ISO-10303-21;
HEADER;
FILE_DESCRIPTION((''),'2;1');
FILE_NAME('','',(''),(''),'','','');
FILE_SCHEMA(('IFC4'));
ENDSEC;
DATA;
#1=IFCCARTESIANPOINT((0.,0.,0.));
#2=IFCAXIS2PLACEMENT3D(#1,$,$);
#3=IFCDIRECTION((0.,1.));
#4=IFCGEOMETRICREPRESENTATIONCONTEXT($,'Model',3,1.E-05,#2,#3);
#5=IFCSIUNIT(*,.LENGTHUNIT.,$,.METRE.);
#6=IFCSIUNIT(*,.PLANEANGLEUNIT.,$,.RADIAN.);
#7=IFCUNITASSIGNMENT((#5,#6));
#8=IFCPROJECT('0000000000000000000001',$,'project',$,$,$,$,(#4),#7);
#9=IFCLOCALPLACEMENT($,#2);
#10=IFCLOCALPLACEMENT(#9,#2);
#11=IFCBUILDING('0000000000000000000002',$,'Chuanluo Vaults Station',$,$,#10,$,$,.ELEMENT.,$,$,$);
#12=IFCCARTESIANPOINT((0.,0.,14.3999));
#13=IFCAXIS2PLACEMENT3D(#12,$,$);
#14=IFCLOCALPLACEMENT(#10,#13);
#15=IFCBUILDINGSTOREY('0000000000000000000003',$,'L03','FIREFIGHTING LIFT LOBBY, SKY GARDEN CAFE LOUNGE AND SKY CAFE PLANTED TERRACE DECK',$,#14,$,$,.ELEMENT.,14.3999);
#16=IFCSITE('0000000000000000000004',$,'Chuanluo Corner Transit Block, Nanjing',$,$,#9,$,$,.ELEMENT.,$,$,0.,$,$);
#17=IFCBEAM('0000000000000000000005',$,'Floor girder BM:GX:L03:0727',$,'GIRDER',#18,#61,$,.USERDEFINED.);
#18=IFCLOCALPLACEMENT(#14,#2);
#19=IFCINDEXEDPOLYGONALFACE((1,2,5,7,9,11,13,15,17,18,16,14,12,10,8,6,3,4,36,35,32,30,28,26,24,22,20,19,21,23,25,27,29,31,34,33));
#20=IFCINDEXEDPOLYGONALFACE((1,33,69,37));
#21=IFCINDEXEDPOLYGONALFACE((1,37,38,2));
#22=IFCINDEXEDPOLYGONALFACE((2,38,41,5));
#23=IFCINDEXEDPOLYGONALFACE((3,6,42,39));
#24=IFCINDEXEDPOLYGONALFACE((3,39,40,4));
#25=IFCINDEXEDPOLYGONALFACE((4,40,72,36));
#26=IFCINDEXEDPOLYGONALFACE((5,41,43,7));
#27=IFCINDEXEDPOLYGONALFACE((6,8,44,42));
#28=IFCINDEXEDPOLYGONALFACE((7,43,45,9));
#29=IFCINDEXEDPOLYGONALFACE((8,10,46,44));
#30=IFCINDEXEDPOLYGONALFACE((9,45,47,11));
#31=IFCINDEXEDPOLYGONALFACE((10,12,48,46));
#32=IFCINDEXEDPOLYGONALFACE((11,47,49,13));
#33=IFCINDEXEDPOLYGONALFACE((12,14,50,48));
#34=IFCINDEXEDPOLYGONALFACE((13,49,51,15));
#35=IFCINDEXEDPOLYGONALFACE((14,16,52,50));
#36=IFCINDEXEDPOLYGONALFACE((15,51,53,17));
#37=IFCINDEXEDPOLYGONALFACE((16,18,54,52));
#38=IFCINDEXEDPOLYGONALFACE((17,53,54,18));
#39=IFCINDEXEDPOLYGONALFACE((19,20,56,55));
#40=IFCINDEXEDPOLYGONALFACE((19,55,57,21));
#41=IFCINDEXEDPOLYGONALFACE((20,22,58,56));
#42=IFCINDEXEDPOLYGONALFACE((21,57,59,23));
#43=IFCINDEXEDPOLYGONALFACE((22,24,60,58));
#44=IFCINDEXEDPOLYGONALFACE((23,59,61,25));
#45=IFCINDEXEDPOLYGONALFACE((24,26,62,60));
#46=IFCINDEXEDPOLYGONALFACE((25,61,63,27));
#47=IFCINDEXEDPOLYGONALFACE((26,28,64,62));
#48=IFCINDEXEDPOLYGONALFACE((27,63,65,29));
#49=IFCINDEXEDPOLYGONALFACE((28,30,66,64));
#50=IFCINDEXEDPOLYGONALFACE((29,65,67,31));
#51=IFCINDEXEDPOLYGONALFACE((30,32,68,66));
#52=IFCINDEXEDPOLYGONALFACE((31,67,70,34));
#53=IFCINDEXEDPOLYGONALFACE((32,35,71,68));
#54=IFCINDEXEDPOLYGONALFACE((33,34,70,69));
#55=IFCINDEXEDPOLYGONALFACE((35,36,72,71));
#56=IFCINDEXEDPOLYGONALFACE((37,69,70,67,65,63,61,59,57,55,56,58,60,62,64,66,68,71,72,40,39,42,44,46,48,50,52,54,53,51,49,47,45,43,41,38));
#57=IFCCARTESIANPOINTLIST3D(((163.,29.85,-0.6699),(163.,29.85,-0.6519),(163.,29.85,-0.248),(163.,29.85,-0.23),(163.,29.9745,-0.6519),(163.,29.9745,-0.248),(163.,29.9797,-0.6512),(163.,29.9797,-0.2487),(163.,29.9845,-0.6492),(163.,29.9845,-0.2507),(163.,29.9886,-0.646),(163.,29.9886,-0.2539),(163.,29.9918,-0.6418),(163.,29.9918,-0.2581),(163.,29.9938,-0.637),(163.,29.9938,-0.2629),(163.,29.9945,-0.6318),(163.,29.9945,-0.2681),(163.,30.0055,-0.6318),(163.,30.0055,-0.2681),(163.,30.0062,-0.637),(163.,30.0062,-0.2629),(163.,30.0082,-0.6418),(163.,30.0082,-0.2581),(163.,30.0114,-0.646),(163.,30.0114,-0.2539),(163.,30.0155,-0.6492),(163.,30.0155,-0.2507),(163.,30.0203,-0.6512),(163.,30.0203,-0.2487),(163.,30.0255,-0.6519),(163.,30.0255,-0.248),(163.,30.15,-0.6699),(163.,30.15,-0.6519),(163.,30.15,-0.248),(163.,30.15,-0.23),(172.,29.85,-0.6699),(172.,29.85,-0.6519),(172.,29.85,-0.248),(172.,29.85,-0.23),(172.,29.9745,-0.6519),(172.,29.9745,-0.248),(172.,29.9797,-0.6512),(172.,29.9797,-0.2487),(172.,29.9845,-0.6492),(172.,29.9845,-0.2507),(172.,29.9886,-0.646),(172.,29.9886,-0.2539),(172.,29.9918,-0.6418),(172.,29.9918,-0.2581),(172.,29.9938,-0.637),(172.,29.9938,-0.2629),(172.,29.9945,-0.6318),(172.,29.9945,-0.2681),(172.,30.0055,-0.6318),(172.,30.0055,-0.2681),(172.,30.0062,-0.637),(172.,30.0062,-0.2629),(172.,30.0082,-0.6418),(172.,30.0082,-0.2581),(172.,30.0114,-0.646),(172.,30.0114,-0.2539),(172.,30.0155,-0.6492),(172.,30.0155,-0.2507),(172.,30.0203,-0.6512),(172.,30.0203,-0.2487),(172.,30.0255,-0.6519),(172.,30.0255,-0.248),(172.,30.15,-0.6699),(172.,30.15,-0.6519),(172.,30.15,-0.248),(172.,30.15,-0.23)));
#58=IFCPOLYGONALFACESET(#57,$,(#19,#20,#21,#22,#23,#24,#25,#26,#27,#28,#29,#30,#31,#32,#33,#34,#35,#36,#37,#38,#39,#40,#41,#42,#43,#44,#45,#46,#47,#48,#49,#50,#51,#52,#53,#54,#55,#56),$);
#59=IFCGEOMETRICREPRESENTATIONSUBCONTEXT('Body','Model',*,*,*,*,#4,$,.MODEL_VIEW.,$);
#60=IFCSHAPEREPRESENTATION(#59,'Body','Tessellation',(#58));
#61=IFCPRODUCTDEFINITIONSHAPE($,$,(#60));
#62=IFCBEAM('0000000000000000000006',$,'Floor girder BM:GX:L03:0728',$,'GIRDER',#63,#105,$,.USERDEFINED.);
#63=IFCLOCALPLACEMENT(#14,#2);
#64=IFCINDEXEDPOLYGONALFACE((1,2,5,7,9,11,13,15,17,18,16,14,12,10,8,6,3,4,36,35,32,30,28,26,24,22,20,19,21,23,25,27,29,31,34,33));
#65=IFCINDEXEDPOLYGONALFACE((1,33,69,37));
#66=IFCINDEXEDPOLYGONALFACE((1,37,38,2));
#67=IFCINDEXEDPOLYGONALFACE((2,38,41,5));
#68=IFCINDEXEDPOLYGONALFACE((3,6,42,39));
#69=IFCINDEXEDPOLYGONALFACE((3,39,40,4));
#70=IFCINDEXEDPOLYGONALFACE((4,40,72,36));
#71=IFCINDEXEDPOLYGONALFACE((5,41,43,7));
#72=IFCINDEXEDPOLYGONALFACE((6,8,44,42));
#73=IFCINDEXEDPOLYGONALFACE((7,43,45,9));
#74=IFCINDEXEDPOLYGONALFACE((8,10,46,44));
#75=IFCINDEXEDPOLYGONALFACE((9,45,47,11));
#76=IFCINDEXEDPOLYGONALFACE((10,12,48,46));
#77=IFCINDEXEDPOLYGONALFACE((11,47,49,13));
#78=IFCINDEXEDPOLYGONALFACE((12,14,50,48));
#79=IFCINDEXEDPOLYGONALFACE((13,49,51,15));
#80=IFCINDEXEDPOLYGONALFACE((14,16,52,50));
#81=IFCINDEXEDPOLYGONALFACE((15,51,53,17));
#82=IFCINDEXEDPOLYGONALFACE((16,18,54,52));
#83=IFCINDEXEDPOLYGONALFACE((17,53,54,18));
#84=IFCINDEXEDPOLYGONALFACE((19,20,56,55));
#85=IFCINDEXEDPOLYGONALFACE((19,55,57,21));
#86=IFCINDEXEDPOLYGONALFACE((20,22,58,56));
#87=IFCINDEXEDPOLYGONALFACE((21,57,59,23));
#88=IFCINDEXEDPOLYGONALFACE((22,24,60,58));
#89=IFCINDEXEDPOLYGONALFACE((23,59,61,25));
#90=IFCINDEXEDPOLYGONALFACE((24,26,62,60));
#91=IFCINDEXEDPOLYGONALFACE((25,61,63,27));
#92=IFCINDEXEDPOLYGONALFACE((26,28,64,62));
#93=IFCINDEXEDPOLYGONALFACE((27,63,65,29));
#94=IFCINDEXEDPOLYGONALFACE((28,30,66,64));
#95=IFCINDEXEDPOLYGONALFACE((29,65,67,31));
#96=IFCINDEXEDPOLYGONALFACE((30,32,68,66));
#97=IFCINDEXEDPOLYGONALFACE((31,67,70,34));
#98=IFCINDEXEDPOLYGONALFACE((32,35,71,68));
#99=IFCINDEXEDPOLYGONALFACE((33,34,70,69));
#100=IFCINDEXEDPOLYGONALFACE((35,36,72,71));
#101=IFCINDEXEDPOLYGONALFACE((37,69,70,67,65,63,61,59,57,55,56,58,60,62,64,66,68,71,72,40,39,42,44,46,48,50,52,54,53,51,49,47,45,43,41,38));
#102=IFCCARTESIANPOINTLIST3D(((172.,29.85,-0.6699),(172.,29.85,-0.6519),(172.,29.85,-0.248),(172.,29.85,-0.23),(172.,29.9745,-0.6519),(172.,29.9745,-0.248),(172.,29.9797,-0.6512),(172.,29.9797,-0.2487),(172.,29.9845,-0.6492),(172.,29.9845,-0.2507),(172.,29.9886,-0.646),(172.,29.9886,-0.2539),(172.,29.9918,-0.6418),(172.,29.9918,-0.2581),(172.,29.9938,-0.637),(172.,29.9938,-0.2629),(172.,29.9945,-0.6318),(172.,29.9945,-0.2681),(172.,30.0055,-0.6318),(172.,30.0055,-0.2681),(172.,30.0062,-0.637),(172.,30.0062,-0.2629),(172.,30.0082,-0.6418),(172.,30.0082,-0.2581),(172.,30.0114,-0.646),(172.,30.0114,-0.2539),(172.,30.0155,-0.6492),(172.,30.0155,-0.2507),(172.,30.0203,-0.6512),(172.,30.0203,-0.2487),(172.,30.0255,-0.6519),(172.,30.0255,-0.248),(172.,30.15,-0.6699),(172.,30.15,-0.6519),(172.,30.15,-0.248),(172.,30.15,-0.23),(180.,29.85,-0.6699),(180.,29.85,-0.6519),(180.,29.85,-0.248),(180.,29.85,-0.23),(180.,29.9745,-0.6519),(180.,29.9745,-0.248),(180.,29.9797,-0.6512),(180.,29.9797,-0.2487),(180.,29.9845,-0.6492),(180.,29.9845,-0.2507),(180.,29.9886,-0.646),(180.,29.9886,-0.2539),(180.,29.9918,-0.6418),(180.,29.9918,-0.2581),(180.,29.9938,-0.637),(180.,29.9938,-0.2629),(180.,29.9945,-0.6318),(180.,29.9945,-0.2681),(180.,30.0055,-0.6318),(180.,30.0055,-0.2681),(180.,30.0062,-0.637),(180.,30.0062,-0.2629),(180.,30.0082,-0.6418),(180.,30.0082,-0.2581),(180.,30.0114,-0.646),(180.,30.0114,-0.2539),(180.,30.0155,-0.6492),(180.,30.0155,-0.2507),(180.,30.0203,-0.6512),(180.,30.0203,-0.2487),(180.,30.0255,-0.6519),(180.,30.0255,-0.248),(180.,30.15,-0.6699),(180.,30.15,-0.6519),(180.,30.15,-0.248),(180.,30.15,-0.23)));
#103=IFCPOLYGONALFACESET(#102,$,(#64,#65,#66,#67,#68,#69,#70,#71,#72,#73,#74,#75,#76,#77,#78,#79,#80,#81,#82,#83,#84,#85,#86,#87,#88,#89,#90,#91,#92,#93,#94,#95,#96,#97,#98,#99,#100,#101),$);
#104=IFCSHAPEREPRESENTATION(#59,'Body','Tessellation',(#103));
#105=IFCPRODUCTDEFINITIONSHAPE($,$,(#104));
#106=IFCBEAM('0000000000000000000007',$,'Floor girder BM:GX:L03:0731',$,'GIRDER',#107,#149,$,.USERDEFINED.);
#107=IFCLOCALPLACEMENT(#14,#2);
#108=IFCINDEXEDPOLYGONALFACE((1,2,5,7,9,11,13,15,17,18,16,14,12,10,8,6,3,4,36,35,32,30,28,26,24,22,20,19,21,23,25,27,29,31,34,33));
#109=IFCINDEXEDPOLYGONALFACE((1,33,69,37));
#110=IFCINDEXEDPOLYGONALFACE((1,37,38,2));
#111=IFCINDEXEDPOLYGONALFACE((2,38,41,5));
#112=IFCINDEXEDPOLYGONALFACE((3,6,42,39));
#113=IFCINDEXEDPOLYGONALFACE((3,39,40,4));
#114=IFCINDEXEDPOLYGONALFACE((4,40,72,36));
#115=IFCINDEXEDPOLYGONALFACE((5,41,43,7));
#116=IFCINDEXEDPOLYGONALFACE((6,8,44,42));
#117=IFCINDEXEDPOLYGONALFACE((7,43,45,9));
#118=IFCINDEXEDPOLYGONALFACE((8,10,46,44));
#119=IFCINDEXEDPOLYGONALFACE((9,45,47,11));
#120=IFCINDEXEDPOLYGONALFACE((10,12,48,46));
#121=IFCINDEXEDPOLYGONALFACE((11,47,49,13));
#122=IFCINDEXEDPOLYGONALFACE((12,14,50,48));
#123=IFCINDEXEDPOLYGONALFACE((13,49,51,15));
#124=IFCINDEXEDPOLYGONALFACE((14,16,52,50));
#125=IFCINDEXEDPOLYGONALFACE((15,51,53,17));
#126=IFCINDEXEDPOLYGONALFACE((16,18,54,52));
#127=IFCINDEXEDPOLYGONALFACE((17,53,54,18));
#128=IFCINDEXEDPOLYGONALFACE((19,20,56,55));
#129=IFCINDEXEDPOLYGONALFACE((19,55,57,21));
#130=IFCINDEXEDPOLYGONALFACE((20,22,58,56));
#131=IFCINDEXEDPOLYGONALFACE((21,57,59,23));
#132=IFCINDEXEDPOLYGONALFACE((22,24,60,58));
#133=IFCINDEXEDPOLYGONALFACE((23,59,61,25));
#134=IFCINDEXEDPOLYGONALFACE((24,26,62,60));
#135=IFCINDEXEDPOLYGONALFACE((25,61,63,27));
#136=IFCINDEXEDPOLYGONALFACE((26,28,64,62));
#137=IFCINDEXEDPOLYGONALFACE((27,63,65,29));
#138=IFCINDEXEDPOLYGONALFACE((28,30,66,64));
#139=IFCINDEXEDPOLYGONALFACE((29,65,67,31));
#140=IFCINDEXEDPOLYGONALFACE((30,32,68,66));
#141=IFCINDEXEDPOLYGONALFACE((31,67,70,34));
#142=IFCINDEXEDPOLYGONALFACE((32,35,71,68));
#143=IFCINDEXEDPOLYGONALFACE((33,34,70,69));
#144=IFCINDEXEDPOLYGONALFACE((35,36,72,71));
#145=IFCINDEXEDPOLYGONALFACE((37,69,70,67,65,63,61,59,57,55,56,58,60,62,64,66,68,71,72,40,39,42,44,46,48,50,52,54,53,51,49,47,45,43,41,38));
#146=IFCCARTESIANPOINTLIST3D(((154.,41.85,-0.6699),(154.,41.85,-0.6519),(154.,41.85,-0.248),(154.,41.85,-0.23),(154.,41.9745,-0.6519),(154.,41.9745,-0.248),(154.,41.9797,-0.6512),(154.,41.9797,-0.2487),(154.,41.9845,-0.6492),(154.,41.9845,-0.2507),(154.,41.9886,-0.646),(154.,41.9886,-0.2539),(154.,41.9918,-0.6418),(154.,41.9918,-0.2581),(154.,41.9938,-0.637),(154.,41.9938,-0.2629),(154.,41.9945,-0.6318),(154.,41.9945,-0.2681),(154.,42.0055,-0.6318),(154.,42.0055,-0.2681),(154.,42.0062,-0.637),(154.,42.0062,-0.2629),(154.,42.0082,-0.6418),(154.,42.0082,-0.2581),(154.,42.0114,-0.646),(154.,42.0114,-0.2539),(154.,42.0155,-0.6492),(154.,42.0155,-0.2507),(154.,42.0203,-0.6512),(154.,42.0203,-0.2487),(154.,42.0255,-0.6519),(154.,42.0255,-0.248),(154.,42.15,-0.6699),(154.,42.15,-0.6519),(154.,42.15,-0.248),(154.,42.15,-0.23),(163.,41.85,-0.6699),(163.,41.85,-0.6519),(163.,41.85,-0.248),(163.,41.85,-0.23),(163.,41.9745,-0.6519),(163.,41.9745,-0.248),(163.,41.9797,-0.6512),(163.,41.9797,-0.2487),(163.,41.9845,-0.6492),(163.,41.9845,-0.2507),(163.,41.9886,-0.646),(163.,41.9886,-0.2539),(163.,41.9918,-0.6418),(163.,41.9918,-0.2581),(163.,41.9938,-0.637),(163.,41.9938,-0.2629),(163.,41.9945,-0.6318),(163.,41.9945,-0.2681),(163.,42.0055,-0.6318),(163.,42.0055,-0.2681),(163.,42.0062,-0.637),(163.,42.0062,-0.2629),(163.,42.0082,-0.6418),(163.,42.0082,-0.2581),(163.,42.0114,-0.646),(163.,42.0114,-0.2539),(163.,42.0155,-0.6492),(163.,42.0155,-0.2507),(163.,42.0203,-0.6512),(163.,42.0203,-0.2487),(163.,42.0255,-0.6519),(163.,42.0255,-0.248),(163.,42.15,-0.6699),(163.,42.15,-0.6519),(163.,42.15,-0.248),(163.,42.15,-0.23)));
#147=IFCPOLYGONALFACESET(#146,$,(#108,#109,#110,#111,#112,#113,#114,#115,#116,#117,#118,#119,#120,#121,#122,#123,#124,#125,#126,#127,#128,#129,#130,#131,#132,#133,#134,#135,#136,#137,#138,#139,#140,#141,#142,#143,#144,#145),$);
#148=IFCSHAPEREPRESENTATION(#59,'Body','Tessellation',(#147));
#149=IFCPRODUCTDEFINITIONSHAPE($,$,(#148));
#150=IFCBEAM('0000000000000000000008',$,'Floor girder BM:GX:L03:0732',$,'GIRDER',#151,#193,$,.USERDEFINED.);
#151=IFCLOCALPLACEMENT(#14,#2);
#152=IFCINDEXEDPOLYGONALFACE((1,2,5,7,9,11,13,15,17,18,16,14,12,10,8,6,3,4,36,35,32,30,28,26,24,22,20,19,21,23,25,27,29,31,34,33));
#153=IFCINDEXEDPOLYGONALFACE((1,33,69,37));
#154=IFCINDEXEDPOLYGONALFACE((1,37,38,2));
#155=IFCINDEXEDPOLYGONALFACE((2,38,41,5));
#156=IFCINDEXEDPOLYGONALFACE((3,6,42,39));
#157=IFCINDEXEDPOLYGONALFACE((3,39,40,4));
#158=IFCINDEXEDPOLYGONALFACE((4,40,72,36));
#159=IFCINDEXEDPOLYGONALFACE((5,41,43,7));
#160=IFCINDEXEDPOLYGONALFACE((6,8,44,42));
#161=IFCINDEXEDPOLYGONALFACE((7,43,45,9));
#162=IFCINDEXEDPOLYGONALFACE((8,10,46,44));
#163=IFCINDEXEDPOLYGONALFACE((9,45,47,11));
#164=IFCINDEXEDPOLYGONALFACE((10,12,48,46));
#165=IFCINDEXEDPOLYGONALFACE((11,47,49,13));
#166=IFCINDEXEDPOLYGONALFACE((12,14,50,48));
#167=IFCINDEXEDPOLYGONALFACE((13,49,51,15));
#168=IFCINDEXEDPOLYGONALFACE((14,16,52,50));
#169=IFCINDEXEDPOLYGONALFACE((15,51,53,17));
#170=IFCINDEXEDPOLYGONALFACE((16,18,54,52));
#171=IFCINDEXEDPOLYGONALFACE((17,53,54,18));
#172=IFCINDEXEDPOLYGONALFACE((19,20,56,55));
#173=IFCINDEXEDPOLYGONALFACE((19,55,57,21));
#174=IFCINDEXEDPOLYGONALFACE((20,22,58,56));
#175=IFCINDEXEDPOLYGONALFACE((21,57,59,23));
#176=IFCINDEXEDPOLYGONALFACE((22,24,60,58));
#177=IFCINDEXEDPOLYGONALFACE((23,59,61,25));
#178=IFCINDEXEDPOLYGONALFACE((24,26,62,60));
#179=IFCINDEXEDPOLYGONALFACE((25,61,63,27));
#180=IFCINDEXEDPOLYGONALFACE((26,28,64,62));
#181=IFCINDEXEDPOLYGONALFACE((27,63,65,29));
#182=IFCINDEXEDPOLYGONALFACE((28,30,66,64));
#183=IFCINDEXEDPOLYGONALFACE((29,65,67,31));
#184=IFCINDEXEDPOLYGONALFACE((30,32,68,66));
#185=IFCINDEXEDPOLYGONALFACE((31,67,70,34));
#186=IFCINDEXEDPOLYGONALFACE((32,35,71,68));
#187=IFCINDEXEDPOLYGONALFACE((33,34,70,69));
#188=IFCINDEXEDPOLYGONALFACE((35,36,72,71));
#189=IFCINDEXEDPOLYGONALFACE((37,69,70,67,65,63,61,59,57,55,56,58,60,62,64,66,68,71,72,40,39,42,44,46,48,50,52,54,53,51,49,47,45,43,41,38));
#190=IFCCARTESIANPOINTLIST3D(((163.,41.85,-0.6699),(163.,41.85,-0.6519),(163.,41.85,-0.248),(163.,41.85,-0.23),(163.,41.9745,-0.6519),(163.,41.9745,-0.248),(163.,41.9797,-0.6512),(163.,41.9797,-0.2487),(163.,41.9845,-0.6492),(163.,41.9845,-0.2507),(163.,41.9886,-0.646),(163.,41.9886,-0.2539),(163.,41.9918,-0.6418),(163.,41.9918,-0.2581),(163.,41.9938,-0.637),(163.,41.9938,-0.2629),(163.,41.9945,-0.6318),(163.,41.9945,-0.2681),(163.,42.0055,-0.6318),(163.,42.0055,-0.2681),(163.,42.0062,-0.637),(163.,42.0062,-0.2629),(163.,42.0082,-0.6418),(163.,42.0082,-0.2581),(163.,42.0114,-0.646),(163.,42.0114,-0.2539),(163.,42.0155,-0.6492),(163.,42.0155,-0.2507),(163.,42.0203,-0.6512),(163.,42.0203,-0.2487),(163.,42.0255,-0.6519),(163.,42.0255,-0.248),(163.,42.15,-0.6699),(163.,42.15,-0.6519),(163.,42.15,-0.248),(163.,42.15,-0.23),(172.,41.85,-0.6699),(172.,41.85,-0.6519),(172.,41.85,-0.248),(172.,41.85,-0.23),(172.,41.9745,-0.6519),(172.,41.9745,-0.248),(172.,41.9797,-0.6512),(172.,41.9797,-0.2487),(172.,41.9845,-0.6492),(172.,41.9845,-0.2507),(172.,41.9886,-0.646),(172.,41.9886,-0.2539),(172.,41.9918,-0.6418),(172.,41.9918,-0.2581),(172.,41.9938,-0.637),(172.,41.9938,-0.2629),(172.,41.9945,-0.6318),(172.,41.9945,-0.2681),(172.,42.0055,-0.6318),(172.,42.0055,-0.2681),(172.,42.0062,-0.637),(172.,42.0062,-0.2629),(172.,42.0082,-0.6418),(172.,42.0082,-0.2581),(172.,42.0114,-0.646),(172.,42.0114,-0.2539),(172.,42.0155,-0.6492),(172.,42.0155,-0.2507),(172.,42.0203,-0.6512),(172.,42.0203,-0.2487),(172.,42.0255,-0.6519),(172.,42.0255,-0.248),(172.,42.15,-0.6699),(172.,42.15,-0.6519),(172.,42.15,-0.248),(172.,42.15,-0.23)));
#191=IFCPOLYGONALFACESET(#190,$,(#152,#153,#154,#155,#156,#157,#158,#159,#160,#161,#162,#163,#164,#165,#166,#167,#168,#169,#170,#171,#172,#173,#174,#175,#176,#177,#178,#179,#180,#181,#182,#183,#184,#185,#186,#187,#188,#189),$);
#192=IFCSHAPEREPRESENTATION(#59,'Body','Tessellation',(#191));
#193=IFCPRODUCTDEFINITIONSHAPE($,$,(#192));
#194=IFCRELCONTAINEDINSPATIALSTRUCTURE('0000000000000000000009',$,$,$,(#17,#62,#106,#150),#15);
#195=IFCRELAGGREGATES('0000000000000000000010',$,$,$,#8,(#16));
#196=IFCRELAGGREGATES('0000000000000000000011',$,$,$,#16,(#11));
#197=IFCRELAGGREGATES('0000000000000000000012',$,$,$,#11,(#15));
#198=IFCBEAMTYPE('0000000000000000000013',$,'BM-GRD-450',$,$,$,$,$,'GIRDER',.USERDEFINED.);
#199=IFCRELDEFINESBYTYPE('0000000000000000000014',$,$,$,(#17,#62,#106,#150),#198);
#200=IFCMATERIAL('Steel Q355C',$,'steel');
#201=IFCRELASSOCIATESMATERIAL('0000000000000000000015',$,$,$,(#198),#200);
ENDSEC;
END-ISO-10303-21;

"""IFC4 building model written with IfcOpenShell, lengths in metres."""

from ifc_helpers import new_model, si_unit, direction, frame, origin, origin_2d, place, context, subcontext, project, spatial, i_section, extrude, material, material_profile, profile_set, type_object, element, save


model = new_model("IFC4")

# Units and contexts
model_context = context("Model", 3, precision=1e-05, world=origin(), true_north=direction((0.0, 1.0)))
body_context = subcontext(model_context, "Body", "Model", "MODEL_VIEW")
ifc_project = project(units=[si_unit("LENGTHUNIT", "METRE"), si_unit("PLANEANGLEUNIT", "RADIAN")], contexts=[model_context])

# Site, building, storey
site_placement = place(None, origin())
site = spatial("IfcSite", under=ifc_project, at=site_placement, Name="Chuanluo Corner Transit Block, Nanjing", CompositionType="ELEMENT", RefElevation=0.0)
building_placement = place(site_placement, origin())
building = spatial("IfcBuilding", under=site, at=building_placement, Name="Chuanluo Vaults Station", CompositionType="ELEMENT")
storey_placement = place(building_placement, frame((0.0, 0.0, 14.3999)))
storey = spatial("IfcBuildingStorey", under=building, at=storey_placement, Name="L03", Description="FIREFIGHTING LIFT LOBBY, SKY GARDEN CAFE LOUNGE AND SKY CAFE PLANTED TERRACE DECK", CompositionType="ELEMENT", Elevation=14.3999)

# Beams
ifc_material_1 = material(Name="Steel Q355C", Category="steel")
ifc_material_profile_1 = material_profile(ifc_material_1, i_section(OverallWidth=0.3, OverallDepth=0.4399, WebThickness=0.011, FlangeThickness=0.0181, FilletRadius=0.02, at=origin_2d()))
ifc_profile_set_1 = profile_set([ifc_material_profile_1], Name="Steel Q355C")
beam_type_1 = type_object("IfcBeamType", Name="BM-GRD-450", ElementType="GIRDER", PredefinedType="USERDEFINED", material=ifc_profile_set_1)
for number, where, z_axis, x_axis, name in (
    (1, (163.0, 30.0, -0.45), (1.0, 0.0, 0.0), (0.0, 1.0, 0.0), "Floor girder BM:GX:L03:0727"),
):
    element("IfcBeam", number, at=place(storey_placement, frame(where, z_axis=z_axis, x_axis=x_axis)), inside=storey, type_object=beam_type_1, Name=name, ObjectType="GIRDER", PredefinedType="USERDEFINED", context=body_context, shape_type="SweptSolid", body=[
        extrude(i_section(OverallWidth=0.3, OverallDepth=0.4399, WebThickness=0.011, FlangeThickness=0.0181, FilletRadius=0.02, at=origin_2d()), origin(), (0.0, 0.0, 1.0), 9.0),
    ])
beam_1_placement = place(storey_placement, frame((172.0, 30.0, -0.45), z_axis=(1.0, 0.0, 0.0), x_axis=(0.0, 1.0, 0.0)))
element("IfcBeam", 2, at=beam_1_placement, inside=storey, type_object=beam_type_1, Name="Floor girder BM:GX:L03:0728", ObjectType="GIRDER", PredefinedType="USERDEFINED", context=body_context, shape_type="SweptSolid", body=[
    extrude(i_section(OverallWidth=0.3, OverallDepth=0.4399, WebThickness=0.011, FlangeThickness=0.0181, FilletRadius=0.02, at=origin_2d()), origin(), (0.0, 0.0, 1.0), 8.0),
])
for number, where, z_axis, x_axis, name in (
    (3, (154.0, 42.0, -0.45), (1.0, 0.0, 0.0), (0.0, 1.0, 0.0), "Floor girder BM:GX:L03:0731"),
    (4, (163.0, 42.0, -0.45), (1.0, 0.0, 0.0), (0.0, 1.0, 0.0), "Floor girder BM:GX:L03:0732"),
):
    element("IfcBeam", number, at=place(storey_placement, frame(where, z_axis=z_axis, x_axis=x_axis)), inside=storey, type_object=beam_type_1, Name=name, ObjectType="GIRDER", PredefinedType="USERDEFINED", context=body_context, shape_type="SweptSolid", body=[
        extrude(i_section(OverallWidth=0.3, OverallDepth=0.4399, WebThickness=0.011, FlangeThickness=0.0181, FilletRadius=0.02, at=origin_2d()), origin(), (0.0, 0.0, 1.0), 9.0),
    ])

save(model, "model.ifc")
